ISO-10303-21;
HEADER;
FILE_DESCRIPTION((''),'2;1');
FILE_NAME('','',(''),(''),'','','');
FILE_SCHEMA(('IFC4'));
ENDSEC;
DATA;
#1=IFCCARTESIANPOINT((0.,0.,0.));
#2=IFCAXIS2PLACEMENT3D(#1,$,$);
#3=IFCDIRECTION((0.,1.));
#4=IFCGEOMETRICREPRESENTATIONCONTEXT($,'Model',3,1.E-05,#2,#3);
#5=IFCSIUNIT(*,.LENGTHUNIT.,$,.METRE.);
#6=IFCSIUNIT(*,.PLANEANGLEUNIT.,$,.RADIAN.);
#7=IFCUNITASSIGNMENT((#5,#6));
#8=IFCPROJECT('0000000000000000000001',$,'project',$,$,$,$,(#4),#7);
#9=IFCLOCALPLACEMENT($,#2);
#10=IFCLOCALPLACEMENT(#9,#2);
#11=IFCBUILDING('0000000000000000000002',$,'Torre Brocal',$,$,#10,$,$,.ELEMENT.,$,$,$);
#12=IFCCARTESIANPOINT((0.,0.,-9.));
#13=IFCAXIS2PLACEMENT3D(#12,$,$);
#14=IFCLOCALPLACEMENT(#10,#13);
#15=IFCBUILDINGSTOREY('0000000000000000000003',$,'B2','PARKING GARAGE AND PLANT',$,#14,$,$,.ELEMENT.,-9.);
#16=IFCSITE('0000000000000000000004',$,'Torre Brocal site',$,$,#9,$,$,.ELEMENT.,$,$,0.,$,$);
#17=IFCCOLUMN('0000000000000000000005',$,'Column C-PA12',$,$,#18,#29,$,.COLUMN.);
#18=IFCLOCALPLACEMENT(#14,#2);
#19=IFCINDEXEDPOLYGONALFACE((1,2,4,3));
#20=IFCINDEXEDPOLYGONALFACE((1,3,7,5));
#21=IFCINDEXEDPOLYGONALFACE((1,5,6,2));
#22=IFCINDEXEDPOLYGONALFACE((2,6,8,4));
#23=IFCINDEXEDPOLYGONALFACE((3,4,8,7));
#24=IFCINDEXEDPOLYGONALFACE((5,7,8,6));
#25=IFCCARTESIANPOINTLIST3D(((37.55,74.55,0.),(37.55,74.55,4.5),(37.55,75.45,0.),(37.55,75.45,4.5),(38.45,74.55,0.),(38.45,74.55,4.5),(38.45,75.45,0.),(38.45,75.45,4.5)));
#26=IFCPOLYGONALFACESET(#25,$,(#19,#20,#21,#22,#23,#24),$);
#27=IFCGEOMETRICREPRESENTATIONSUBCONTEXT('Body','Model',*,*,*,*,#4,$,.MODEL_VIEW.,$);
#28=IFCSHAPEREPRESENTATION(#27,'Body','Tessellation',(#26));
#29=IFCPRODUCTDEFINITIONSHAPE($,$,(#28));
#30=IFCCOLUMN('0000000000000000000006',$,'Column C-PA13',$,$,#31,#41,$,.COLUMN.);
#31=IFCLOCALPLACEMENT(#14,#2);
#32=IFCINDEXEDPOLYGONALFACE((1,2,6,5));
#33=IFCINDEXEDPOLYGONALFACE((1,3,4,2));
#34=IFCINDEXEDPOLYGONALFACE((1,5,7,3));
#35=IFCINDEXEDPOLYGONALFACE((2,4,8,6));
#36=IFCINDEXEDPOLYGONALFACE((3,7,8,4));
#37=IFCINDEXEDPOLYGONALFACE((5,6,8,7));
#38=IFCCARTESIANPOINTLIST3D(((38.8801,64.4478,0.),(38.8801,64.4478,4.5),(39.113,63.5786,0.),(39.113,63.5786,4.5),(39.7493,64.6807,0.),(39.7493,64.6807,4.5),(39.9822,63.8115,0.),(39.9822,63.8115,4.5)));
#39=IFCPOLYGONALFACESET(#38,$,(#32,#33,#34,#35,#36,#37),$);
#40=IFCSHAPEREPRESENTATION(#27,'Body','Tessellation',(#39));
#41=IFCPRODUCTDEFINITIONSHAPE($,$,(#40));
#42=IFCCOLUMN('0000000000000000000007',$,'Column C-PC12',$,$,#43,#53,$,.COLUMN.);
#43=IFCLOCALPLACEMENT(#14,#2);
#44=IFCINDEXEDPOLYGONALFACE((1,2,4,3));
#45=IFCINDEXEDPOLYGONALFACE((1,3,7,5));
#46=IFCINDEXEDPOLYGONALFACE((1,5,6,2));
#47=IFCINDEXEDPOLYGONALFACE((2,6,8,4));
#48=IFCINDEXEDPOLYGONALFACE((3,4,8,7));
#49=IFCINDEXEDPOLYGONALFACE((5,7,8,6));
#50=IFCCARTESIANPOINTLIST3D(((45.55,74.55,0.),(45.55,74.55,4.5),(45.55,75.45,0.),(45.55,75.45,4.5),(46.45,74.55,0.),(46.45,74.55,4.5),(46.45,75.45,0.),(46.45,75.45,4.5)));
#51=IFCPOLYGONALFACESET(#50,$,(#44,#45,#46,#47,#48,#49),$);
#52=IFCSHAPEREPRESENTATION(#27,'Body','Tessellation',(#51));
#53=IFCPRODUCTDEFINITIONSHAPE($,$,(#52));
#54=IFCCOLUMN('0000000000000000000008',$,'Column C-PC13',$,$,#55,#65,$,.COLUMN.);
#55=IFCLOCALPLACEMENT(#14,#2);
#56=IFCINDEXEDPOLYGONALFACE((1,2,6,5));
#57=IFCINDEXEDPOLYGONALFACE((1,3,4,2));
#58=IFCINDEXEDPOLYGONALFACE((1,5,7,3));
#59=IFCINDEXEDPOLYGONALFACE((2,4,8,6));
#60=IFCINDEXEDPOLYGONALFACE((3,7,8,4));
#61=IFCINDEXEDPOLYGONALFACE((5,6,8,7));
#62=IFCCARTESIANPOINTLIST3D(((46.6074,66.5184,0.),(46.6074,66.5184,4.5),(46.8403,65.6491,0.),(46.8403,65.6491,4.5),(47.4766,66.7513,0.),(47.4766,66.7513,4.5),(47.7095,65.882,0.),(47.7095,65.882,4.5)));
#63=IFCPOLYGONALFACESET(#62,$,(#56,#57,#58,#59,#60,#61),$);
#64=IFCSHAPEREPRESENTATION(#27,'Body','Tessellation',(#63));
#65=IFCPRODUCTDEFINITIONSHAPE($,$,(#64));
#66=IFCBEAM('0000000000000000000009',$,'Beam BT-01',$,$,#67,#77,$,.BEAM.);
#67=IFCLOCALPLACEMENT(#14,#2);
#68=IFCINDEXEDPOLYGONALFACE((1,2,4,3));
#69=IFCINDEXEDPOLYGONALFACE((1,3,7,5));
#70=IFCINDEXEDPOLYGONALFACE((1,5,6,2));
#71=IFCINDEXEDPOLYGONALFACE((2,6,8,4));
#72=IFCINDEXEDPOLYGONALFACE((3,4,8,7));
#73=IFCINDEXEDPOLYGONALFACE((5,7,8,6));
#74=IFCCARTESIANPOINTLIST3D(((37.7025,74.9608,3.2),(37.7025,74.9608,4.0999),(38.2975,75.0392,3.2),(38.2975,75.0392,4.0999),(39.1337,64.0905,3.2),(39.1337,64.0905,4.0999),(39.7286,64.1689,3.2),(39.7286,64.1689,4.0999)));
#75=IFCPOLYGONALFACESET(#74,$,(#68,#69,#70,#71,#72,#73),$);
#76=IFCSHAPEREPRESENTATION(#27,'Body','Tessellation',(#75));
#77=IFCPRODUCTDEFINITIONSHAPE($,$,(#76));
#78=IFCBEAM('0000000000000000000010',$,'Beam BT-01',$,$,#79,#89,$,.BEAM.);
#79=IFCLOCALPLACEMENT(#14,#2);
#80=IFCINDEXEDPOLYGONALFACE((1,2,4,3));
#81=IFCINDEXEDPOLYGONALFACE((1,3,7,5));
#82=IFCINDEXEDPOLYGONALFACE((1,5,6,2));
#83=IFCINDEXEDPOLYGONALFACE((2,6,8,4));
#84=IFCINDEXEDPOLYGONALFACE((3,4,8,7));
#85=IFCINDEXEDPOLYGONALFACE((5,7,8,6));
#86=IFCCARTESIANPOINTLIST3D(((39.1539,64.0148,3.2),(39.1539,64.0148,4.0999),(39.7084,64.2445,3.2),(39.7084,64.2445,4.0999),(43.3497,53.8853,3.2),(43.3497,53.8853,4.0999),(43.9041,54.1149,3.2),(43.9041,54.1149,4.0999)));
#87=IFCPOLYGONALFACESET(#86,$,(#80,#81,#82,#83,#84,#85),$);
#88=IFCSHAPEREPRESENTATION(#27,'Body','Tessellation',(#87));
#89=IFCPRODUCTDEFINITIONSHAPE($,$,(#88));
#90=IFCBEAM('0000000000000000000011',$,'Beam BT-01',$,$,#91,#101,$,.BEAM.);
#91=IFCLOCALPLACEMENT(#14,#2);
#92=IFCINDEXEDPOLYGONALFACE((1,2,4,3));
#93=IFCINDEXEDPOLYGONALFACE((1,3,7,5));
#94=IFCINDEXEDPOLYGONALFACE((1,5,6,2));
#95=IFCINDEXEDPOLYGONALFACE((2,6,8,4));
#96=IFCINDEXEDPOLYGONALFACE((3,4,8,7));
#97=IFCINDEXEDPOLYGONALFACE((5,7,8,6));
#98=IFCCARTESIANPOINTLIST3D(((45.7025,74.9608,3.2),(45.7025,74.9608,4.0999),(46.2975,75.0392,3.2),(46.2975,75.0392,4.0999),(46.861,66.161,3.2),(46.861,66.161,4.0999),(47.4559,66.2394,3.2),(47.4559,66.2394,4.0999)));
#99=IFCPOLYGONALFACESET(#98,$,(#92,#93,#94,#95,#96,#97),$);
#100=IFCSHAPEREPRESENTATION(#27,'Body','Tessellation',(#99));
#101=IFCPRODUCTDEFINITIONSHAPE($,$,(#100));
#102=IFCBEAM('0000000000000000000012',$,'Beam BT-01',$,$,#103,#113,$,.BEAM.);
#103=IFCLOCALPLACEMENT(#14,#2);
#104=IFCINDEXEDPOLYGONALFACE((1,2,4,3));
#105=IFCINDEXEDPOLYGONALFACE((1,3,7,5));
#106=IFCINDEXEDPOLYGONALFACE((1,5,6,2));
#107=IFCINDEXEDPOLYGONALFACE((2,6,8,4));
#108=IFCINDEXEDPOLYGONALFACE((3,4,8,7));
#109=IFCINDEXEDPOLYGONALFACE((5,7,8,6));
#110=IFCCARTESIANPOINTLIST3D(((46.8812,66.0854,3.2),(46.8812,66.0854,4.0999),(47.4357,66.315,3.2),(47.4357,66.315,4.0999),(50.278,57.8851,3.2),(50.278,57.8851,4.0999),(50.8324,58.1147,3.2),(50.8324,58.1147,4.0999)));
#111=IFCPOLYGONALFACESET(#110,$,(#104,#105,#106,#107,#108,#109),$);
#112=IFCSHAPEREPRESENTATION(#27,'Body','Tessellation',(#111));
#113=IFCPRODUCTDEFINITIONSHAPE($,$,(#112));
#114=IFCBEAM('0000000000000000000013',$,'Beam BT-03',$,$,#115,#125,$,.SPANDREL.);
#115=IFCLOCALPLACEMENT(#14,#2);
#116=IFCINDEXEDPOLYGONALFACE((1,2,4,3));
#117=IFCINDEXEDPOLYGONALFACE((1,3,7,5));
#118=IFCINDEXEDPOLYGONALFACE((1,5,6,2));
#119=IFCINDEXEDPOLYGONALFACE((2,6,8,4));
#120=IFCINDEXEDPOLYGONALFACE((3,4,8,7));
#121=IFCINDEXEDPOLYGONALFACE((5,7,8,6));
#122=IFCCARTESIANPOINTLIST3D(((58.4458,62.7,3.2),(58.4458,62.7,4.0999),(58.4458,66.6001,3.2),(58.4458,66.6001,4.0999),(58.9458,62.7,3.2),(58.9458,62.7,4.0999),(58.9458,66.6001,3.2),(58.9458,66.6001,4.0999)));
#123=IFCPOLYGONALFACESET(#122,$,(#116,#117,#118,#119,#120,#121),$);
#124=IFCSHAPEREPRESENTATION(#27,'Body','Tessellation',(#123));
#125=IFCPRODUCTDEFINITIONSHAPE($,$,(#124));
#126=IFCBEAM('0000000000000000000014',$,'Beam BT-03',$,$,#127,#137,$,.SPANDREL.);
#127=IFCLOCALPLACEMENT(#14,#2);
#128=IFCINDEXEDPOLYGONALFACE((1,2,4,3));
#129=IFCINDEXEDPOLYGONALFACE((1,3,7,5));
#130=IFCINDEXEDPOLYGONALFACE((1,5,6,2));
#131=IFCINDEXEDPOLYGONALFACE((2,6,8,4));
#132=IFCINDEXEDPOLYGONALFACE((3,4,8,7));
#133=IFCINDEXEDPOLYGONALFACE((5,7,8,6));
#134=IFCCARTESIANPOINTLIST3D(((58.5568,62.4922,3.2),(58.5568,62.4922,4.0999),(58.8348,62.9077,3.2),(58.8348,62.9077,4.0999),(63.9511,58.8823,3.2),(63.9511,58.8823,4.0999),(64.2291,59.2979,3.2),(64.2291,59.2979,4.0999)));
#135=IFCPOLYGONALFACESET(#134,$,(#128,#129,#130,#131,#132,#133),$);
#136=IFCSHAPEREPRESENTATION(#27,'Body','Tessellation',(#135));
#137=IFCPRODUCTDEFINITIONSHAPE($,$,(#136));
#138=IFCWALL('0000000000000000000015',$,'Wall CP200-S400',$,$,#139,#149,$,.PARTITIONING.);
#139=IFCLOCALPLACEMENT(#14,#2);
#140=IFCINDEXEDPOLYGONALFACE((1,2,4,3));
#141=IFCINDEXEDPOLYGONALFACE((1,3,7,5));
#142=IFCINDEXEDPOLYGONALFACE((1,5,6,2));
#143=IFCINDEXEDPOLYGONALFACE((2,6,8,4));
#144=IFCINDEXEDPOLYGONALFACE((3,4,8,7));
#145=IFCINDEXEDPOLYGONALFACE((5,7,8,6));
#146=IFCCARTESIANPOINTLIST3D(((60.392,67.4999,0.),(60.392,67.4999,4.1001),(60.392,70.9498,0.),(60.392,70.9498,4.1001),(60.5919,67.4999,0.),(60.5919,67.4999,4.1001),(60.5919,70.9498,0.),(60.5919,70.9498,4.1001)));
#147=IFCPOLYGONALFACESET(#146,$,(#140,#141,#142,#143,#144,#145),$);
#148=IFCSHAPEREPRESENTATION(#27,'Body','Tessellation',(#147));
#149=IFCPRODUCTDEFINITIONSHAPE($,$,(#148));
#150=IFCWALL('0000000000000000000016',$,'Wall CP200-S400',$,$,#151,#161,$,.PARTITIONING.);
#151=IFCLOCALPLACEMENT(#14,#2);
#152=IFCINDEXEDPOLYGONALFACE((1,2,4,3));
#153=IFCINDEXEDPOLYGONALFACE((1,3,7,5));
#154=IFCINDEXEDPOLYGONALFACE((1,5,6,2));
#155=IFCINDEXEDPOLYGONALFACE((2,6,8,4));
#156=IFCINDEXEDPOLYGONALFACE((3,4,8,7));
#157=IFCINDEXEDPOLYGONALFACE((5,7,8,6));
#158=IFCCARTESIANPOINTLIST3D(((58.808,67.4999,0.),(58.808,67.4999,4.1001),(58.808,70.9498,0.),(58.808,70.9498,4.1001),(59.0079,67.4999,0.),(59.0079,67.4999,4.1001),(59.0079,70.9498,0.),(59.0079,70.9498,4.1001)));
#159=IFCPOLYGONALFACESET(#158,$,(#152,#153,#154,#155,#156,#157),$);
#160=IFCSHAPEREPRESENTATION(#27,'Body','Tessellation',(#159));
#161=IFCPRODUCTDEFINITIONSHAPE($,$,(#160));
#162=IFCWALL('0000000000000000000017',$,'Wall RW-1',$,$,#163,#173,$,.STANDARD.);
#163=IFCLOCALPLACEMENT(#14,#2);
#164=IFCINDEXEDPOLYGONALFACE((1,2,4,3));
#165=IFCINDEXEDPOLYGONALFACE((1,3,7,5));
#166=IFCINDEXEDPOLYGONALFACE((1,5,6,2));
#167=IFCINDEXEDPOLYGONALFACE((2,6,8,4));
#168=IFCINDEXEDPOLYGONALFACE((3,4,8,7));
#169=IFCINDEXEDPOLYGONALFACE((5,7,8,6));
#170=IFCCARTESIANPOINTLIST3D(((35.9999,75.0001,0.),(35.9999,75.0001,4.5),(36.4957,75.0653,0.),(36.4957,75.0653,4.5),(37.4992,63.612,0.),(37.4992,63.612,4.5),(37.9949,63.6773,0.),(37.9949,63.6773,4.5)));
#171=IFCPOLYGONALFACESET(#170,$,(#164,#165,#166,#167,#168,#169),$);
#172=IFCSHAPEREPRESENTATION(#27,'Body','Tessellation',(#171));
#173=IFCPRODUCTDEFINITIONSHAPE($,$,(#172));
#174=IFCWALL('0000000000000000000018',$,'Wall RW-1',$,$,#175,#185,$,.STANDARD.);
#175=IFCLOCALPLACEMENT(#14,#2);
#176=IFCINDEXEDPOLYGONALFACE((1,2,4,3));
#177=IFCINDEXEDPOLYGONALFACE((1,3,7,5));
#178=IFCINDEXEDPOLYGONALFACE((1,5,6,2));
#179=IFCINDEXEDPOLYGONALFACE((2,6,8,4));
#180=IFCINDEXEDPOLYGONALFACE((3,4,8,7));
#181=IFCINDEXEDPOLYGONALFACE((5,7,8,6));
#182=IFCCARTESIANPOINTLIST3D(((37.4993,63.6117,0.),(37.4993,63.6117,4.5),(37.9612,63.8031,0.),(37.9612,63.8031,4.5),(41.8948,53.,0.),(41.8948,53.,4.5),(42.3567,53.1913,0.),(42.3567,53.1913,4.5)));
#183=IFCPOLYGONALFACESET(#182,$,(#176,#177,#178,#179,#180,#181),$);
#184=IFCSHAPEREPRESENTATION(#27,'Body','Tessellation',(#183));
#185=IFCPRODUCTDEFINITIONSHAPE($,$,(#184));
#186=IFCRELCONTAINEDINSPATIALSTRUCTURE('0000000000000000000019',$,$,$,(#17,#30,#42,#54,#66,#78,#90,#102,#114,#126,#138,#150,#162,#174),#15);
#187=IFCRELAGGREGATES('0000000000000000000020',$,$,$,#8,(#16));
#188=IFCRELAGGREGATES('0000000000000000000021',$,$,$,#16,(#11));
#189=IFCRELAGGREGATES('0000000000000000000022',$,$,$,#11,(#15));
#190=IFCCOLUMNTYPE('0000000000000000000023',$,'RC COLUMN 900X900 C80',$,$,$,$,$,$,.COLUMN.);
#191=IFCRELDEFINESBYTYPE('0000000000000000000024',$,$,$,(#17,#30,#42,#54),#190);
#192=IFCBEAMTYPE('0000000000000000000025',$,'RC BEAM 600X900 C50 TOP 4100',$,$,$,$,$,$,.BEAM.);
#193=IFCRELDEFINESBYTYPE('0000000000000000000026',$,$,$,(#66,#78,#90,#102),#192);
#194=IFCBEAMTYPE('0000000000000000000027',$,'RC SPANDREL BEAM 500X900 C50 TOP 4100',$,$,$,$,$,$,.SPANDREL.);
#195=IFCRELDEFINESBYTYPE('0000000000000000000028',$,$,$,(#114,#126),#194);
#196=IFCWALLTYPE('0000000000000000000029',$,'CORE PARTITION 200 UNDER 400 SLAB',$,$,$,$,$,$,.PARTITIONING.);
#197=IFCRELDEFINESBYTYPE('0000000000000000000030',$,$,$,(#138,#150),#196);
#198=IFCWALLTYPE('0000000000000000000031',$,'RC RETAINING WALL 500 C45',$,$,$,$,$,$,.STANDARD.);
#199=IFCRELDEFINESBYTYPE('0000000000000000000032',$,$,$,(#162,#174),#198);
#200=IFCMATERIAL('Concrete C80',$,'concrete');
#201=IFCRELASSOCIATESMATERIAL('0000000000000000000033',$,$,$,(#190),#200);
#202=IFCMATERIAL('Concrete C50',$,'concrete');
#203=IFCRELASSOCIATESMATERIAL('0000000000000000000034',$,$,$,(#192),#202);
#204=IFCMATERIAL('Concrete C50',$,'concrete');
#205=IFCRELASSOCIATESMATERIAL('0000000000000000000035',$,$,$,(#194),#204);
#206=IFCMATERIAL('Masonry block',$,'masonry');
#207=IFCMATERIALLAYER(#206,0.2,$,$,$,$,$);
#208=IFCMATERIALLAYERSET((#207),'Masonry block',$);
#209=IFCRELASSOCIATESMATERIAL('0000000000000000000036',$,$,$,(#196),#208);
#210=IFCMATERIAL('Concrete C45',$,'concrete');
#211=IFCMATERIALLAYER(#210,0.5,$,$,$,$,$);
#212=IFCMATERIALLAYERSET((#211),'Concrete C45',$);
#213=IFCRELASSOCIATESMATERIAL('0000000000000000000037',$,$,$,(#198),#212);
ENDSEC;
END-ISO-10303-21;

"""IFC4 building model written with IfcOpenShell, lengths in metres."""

from ifc_helpers import new_model, si_unit, direction, frame, frame_2d, origin, origin_2d, place, context, subcontext, project, spatial, rectangle, extrude, material, layer, layer_set, material_profile, profile_set, type_object, element, save


model = new_model("IFC4")

# Units and contexts
model_context = context("Model", 3, precision=1e-05, world=origin(), true_north=direction((0.0, 1.0)))
body_context = subcontext(model_context, "Body", "Model", "MODEL_VIEW")
ifc_project = project(units=[si_unit("LENGTHUNIT", "METRE"), si_unit("PLANEANGLEUNIT", "RADIAN")], contexts=[model_context])

# Site, building, storey
site_placement = place(None, origin())
site = spatial("IfcSite", under=ifc_project, at=site_placement, Name="Torre Brocal site", CompositionType="ELEMENT", RefElevation=0.0)
building_placement = place(site_placement, origin())
building = spatial("IfcBuilding", under=site, at=building_placement, Name="Torre Brocal", CompositionType="ELEMENT")
storey_placement = place(building_placement, frame((0.0, 0.0, -9.0)))
storey = spatial("IfcBuildingStorey", under=building, at=storey_placement, Name="B2", Description="PARKING GARAGE AND PLANT", CompositionType="ELEMENT", Elevation=-9.0)

# Columns
ifc_material_1 = material(Name="Concrete C80", Category="concrete")
ifc_material_profile_1 = material_profile(ifc_material_1, rectangle(XDim=0.8999, YDim=0.8999, at=origin_2d()), Name="RC 900X900")
ifc_profile_set_1 = profile_set([ifc_material_profile_1], Name="Concrete C80")
column_type_1 = type_object("IfcColumnType", Name="RC COLUMN 900X900 C80", PredefinedType="COLUMN", material=ifc_profile_set_1)
for number, where, z_axis, x_axis, name in (
    (1, (38.0, 75.0, 0.0), (0.0, 0.0, 1.0), (-1.0, 0.0, 0.0), "Column C-PA12"),
    (2, (39.4312, 64.1296, 0.0), (0.0, 0.0, 1.0), (-0.965926, -0.258819, 0.0), "Column C-PA13"),
    (3, (46.0, 75.0, 0.0), (0.0, 0.0, 1.0), (-1.0, 0.0, 0.0), "Column C-PC12"),
    (4, (47.1584, 66.2002, 0.0), (0.0, 0.0, 1.0), (-0.965926, -0.258819, 0.0), "Column C-PC13"),
):
    element("IfcColumn", number, at=place(storey_placement, frame(where, z_axis=z_axis, x_axis=x_axis)), inside=storey, type_object=column_type_1, Name=name, PredefinedType="COLUMN", context=body_context, shape_type="SweptSolid", body=[
        extrude(rectangle(XDim=0.8999, YDim=0.8999, at=origin_2d()), origin(), (0.0, 0.0, 1.0), 4.5),
    ])

# Beams
ifc_material_2 = material(Name="Concrete C50", Category="concrete")
ifc_material_profile_2 = material_profile(ifc_material_2, rectangle(XDim=0.6001, YDim=0.8999, at=origin_2d()), Name="RC 600X900")
ifc_profile_set_2 = profile_set([ifc_material_profile_2], Name="Concrete C50")
beam_type_1 = type_object("IfcBeamType", Name="RC BEAM 600X900 C50 TOP 4100", PredefinedType="BEAM", material=ifc_profile_set_2)
for number, where, z_axis, x_axis, name in (
    (5, (38.0, 75.0, 3.6499), (0.13053, -0.991444, 0.0), (0.991444, 0.13053, 0.0), "Beam BT-01"),
    (6, (39.4312, 64.1296, 3.6499), (0.382681, -0.923881, 0.0), (0.923881, 0.382681, 0.0), "Beam BT-01"),
):
    element("IfcBeam", number, at=place(storey_placement, frame(where, z_axis=z_axis, x_axis=x_axis)), inside=storey, type_object=beam_type_1, Name=name, PredefinedType="BEAM", context=body_context, shape_type="SweptSolid", body=[
        extrude(rectangle(XDim=0.6001, YDim=0.8999, at=origin_2d()), origin(), (0.0, 0.0, 1.0), 10.9641),
    ])
beam_1_placement = place(storey_placement, frame((46.0, 75.0, 3.6499), z_axis=(0.130519, -0.991446, 0.0), x_axis=(0.991446, 0.130519, 0.0)))
element("IfcBeam", 7, at=beam_1_placement, inside=storey, type_object=beam_type_1, Name="Beam BT-01", PredefinedType="BEAM", context=body_context, shape_type="SweptSolid", body=[
    extrude(rectangle(XDim=0.6001, YDim=0.8999, at=origin_2d()), origin(), (0.0, 0.0, 1.0), 8.8757),
])
beam_2_placement = place(storey_placement, frame((47.1584, 66.2002, 3.6499), z_axis=(0.382693, -0.923876, 0.0), x_axis=(0.923876, 0.382693, 0.0)))
element("IfcBeam", 8, at=beam_2_placement, inside=storey, type_object=beam_type_1, Name="Beam BT-01", PredefinedType="BEAM", context=body_context, shape_type="SweptSolid", body=[
    extrude(rectangle(XDim=0.6001, YDim=0.8999, at=origin_2d()), origin(), (0.0, 0.0, 1.0), 8.876),
])
ifc_material_3 = material(Name="Concrete C50", Category="concrete")
ifc_material_profile_3 = material_profile(ifc_material_3, rectangle(XDim=0.5, YDim=0.8999, at=origin_2d()), Name="RC 500X900")
ifc_profile_set_3 = profile_set([ifc_material_profile_3], Name="Concrete C50")
beam_type_2 = type_object("IfcBeamType", Name="RC SPANDREL BEAM 500X900 C50 TOP 4100", PredefinedType="SPANDREL", material=ifc_profile_set_3)
beam_3_placement = place(storey_placement, frame((58.6958, 62.7, 3.6499), z_axis=(0.0, 1.0, 0.0), x_axis=(-1.0, 0.0, 0.0)))
element("IfcBeam", 9, at=beam_3_placement, inside=storey, type_object=beam_type_2, Name="Beam BT-03", PredefinedType="SPANDREL", context=body_context, shape_type="SweptSolid", body=[
    extrude(rectangle(XDim=0.5, YDim=0.8999, at=origin_2d()), origin(), (0.0, 0.0, 1.0), 3.9001),
])
beam_4_placement = place(storey_placement, frame((58.6958, 62.7, 3.6499), z_axis=(0.831077, -0.556158, 0.0), x_axis=(0.556158, 0.831077, 0.0)))
element("IfcBeam", 10, at=beam_4_placement, inside=storey, type_object=beam_type_2, Name="Beam BT-03", PredefinedType="SPANDREL", context=body_context, shape_type="SweptSolid", body=[
    extrude(rectangle(XDim=0.5, YDim=0.8999, at=origin_2d()), origin(), (0.0, 0.0, 1.0), 6.4907),
])

# Walls
ifc_material_4 = material(Name="Masonry block", Category="masonry")
ifc_layer_1 = layer(ifc_material_4, 0.2)
ifc_layer_set_1 = layer_set([ifc_layer_1], Name="Masonry block")
wall_type_1 = type_object("IfcWallType", Name="CORE PARTITION 200 UNDER 400 SLAB", PredefinedType="PARTITIONING", material=ifc_layer_set_1)
for number, where, z_axis, x_axis, name in (
    (11, (60.4919, 70.95, 0.0), (0.0, 0.0, 1.0), (0.0, -1.0, 0.0), "Wall CP200-S400"),
    (12, (58.908, 70.95, 0.0), (0.0, 0.0, 1.0), (0.0, -1.0, 0.0), "Wall CP200-S400"),
):
    element("IfcWall", number, at=place(storey_placement, frame(where, z_axis=z_axis, x_axis=x_axis)), inside=storey, type_object=wall_type_1, Name=name, PredefinedType="PARTITIONING", context=body_context, shape_type="SweptSolid", body=[
        extrude(rectangle(XDim=3.45, YDim=0.2, at=frame_2d((1.7251, 0.0))), origin(), (0.0, 0.0, 1.0), 4.1001),
    ])
ifc_material_5 = material(Name="Concrete C45", Category="concrete")
ifc_layer_2 = layer(ifc_material_5, 0.5)
ifc_layer_set_2 = layer_set([ifc_layer_2], Name="Concrete C45")
wall_type_2 = type_object("IfcWallType", Name="RC RETAINING WALL 500 C45", PredefinedType="STANDARD", material=ifc_layer_set_2)
wall_1_placement = place(storey_placement, frame((36.2478, 75.0327, 0.0), z_axis=(0.0, 0.0, 1.0), x_axis=(0.130525, -0.991445, 0.0)))
element("IfcWall", 13, at=wall_1_placement, inside=storey, type_object=wall_type_2, Name="Wall RW-1", PredefinedType="STANDARD", context=body_context, shape_type="SweptSolid", body=[
    extrude(rectangle(XDim=11.4863, YDim=0.5, at=frame_2d((5.7432, 0.0))), origin(), (0.0, 0.0, 1.0), 4.5),
])
wall_2_placement = place(storey_placement, frame((37.7302, 63.7075, 0.0), z_axis=(0.0, 0.0, 1.0), x_axis=(0.38268, -0.923881, 0.0)))
element("IfcWall", 14, at=wall_2_placement, inside=storey, type_object=wall_type_2, Name="Wall RW-1", PredefinedType="STANDARD", context=body_context, shape_type="SweptSolid", body=[
    extrude(rectangle(XDim=11.4861, YDim=0.5, at=frame_2d((5.7432, 0.0))), origin(), (0.0, 0.0, 1.0), 4.5),
])

save(model, "model.ifc")
